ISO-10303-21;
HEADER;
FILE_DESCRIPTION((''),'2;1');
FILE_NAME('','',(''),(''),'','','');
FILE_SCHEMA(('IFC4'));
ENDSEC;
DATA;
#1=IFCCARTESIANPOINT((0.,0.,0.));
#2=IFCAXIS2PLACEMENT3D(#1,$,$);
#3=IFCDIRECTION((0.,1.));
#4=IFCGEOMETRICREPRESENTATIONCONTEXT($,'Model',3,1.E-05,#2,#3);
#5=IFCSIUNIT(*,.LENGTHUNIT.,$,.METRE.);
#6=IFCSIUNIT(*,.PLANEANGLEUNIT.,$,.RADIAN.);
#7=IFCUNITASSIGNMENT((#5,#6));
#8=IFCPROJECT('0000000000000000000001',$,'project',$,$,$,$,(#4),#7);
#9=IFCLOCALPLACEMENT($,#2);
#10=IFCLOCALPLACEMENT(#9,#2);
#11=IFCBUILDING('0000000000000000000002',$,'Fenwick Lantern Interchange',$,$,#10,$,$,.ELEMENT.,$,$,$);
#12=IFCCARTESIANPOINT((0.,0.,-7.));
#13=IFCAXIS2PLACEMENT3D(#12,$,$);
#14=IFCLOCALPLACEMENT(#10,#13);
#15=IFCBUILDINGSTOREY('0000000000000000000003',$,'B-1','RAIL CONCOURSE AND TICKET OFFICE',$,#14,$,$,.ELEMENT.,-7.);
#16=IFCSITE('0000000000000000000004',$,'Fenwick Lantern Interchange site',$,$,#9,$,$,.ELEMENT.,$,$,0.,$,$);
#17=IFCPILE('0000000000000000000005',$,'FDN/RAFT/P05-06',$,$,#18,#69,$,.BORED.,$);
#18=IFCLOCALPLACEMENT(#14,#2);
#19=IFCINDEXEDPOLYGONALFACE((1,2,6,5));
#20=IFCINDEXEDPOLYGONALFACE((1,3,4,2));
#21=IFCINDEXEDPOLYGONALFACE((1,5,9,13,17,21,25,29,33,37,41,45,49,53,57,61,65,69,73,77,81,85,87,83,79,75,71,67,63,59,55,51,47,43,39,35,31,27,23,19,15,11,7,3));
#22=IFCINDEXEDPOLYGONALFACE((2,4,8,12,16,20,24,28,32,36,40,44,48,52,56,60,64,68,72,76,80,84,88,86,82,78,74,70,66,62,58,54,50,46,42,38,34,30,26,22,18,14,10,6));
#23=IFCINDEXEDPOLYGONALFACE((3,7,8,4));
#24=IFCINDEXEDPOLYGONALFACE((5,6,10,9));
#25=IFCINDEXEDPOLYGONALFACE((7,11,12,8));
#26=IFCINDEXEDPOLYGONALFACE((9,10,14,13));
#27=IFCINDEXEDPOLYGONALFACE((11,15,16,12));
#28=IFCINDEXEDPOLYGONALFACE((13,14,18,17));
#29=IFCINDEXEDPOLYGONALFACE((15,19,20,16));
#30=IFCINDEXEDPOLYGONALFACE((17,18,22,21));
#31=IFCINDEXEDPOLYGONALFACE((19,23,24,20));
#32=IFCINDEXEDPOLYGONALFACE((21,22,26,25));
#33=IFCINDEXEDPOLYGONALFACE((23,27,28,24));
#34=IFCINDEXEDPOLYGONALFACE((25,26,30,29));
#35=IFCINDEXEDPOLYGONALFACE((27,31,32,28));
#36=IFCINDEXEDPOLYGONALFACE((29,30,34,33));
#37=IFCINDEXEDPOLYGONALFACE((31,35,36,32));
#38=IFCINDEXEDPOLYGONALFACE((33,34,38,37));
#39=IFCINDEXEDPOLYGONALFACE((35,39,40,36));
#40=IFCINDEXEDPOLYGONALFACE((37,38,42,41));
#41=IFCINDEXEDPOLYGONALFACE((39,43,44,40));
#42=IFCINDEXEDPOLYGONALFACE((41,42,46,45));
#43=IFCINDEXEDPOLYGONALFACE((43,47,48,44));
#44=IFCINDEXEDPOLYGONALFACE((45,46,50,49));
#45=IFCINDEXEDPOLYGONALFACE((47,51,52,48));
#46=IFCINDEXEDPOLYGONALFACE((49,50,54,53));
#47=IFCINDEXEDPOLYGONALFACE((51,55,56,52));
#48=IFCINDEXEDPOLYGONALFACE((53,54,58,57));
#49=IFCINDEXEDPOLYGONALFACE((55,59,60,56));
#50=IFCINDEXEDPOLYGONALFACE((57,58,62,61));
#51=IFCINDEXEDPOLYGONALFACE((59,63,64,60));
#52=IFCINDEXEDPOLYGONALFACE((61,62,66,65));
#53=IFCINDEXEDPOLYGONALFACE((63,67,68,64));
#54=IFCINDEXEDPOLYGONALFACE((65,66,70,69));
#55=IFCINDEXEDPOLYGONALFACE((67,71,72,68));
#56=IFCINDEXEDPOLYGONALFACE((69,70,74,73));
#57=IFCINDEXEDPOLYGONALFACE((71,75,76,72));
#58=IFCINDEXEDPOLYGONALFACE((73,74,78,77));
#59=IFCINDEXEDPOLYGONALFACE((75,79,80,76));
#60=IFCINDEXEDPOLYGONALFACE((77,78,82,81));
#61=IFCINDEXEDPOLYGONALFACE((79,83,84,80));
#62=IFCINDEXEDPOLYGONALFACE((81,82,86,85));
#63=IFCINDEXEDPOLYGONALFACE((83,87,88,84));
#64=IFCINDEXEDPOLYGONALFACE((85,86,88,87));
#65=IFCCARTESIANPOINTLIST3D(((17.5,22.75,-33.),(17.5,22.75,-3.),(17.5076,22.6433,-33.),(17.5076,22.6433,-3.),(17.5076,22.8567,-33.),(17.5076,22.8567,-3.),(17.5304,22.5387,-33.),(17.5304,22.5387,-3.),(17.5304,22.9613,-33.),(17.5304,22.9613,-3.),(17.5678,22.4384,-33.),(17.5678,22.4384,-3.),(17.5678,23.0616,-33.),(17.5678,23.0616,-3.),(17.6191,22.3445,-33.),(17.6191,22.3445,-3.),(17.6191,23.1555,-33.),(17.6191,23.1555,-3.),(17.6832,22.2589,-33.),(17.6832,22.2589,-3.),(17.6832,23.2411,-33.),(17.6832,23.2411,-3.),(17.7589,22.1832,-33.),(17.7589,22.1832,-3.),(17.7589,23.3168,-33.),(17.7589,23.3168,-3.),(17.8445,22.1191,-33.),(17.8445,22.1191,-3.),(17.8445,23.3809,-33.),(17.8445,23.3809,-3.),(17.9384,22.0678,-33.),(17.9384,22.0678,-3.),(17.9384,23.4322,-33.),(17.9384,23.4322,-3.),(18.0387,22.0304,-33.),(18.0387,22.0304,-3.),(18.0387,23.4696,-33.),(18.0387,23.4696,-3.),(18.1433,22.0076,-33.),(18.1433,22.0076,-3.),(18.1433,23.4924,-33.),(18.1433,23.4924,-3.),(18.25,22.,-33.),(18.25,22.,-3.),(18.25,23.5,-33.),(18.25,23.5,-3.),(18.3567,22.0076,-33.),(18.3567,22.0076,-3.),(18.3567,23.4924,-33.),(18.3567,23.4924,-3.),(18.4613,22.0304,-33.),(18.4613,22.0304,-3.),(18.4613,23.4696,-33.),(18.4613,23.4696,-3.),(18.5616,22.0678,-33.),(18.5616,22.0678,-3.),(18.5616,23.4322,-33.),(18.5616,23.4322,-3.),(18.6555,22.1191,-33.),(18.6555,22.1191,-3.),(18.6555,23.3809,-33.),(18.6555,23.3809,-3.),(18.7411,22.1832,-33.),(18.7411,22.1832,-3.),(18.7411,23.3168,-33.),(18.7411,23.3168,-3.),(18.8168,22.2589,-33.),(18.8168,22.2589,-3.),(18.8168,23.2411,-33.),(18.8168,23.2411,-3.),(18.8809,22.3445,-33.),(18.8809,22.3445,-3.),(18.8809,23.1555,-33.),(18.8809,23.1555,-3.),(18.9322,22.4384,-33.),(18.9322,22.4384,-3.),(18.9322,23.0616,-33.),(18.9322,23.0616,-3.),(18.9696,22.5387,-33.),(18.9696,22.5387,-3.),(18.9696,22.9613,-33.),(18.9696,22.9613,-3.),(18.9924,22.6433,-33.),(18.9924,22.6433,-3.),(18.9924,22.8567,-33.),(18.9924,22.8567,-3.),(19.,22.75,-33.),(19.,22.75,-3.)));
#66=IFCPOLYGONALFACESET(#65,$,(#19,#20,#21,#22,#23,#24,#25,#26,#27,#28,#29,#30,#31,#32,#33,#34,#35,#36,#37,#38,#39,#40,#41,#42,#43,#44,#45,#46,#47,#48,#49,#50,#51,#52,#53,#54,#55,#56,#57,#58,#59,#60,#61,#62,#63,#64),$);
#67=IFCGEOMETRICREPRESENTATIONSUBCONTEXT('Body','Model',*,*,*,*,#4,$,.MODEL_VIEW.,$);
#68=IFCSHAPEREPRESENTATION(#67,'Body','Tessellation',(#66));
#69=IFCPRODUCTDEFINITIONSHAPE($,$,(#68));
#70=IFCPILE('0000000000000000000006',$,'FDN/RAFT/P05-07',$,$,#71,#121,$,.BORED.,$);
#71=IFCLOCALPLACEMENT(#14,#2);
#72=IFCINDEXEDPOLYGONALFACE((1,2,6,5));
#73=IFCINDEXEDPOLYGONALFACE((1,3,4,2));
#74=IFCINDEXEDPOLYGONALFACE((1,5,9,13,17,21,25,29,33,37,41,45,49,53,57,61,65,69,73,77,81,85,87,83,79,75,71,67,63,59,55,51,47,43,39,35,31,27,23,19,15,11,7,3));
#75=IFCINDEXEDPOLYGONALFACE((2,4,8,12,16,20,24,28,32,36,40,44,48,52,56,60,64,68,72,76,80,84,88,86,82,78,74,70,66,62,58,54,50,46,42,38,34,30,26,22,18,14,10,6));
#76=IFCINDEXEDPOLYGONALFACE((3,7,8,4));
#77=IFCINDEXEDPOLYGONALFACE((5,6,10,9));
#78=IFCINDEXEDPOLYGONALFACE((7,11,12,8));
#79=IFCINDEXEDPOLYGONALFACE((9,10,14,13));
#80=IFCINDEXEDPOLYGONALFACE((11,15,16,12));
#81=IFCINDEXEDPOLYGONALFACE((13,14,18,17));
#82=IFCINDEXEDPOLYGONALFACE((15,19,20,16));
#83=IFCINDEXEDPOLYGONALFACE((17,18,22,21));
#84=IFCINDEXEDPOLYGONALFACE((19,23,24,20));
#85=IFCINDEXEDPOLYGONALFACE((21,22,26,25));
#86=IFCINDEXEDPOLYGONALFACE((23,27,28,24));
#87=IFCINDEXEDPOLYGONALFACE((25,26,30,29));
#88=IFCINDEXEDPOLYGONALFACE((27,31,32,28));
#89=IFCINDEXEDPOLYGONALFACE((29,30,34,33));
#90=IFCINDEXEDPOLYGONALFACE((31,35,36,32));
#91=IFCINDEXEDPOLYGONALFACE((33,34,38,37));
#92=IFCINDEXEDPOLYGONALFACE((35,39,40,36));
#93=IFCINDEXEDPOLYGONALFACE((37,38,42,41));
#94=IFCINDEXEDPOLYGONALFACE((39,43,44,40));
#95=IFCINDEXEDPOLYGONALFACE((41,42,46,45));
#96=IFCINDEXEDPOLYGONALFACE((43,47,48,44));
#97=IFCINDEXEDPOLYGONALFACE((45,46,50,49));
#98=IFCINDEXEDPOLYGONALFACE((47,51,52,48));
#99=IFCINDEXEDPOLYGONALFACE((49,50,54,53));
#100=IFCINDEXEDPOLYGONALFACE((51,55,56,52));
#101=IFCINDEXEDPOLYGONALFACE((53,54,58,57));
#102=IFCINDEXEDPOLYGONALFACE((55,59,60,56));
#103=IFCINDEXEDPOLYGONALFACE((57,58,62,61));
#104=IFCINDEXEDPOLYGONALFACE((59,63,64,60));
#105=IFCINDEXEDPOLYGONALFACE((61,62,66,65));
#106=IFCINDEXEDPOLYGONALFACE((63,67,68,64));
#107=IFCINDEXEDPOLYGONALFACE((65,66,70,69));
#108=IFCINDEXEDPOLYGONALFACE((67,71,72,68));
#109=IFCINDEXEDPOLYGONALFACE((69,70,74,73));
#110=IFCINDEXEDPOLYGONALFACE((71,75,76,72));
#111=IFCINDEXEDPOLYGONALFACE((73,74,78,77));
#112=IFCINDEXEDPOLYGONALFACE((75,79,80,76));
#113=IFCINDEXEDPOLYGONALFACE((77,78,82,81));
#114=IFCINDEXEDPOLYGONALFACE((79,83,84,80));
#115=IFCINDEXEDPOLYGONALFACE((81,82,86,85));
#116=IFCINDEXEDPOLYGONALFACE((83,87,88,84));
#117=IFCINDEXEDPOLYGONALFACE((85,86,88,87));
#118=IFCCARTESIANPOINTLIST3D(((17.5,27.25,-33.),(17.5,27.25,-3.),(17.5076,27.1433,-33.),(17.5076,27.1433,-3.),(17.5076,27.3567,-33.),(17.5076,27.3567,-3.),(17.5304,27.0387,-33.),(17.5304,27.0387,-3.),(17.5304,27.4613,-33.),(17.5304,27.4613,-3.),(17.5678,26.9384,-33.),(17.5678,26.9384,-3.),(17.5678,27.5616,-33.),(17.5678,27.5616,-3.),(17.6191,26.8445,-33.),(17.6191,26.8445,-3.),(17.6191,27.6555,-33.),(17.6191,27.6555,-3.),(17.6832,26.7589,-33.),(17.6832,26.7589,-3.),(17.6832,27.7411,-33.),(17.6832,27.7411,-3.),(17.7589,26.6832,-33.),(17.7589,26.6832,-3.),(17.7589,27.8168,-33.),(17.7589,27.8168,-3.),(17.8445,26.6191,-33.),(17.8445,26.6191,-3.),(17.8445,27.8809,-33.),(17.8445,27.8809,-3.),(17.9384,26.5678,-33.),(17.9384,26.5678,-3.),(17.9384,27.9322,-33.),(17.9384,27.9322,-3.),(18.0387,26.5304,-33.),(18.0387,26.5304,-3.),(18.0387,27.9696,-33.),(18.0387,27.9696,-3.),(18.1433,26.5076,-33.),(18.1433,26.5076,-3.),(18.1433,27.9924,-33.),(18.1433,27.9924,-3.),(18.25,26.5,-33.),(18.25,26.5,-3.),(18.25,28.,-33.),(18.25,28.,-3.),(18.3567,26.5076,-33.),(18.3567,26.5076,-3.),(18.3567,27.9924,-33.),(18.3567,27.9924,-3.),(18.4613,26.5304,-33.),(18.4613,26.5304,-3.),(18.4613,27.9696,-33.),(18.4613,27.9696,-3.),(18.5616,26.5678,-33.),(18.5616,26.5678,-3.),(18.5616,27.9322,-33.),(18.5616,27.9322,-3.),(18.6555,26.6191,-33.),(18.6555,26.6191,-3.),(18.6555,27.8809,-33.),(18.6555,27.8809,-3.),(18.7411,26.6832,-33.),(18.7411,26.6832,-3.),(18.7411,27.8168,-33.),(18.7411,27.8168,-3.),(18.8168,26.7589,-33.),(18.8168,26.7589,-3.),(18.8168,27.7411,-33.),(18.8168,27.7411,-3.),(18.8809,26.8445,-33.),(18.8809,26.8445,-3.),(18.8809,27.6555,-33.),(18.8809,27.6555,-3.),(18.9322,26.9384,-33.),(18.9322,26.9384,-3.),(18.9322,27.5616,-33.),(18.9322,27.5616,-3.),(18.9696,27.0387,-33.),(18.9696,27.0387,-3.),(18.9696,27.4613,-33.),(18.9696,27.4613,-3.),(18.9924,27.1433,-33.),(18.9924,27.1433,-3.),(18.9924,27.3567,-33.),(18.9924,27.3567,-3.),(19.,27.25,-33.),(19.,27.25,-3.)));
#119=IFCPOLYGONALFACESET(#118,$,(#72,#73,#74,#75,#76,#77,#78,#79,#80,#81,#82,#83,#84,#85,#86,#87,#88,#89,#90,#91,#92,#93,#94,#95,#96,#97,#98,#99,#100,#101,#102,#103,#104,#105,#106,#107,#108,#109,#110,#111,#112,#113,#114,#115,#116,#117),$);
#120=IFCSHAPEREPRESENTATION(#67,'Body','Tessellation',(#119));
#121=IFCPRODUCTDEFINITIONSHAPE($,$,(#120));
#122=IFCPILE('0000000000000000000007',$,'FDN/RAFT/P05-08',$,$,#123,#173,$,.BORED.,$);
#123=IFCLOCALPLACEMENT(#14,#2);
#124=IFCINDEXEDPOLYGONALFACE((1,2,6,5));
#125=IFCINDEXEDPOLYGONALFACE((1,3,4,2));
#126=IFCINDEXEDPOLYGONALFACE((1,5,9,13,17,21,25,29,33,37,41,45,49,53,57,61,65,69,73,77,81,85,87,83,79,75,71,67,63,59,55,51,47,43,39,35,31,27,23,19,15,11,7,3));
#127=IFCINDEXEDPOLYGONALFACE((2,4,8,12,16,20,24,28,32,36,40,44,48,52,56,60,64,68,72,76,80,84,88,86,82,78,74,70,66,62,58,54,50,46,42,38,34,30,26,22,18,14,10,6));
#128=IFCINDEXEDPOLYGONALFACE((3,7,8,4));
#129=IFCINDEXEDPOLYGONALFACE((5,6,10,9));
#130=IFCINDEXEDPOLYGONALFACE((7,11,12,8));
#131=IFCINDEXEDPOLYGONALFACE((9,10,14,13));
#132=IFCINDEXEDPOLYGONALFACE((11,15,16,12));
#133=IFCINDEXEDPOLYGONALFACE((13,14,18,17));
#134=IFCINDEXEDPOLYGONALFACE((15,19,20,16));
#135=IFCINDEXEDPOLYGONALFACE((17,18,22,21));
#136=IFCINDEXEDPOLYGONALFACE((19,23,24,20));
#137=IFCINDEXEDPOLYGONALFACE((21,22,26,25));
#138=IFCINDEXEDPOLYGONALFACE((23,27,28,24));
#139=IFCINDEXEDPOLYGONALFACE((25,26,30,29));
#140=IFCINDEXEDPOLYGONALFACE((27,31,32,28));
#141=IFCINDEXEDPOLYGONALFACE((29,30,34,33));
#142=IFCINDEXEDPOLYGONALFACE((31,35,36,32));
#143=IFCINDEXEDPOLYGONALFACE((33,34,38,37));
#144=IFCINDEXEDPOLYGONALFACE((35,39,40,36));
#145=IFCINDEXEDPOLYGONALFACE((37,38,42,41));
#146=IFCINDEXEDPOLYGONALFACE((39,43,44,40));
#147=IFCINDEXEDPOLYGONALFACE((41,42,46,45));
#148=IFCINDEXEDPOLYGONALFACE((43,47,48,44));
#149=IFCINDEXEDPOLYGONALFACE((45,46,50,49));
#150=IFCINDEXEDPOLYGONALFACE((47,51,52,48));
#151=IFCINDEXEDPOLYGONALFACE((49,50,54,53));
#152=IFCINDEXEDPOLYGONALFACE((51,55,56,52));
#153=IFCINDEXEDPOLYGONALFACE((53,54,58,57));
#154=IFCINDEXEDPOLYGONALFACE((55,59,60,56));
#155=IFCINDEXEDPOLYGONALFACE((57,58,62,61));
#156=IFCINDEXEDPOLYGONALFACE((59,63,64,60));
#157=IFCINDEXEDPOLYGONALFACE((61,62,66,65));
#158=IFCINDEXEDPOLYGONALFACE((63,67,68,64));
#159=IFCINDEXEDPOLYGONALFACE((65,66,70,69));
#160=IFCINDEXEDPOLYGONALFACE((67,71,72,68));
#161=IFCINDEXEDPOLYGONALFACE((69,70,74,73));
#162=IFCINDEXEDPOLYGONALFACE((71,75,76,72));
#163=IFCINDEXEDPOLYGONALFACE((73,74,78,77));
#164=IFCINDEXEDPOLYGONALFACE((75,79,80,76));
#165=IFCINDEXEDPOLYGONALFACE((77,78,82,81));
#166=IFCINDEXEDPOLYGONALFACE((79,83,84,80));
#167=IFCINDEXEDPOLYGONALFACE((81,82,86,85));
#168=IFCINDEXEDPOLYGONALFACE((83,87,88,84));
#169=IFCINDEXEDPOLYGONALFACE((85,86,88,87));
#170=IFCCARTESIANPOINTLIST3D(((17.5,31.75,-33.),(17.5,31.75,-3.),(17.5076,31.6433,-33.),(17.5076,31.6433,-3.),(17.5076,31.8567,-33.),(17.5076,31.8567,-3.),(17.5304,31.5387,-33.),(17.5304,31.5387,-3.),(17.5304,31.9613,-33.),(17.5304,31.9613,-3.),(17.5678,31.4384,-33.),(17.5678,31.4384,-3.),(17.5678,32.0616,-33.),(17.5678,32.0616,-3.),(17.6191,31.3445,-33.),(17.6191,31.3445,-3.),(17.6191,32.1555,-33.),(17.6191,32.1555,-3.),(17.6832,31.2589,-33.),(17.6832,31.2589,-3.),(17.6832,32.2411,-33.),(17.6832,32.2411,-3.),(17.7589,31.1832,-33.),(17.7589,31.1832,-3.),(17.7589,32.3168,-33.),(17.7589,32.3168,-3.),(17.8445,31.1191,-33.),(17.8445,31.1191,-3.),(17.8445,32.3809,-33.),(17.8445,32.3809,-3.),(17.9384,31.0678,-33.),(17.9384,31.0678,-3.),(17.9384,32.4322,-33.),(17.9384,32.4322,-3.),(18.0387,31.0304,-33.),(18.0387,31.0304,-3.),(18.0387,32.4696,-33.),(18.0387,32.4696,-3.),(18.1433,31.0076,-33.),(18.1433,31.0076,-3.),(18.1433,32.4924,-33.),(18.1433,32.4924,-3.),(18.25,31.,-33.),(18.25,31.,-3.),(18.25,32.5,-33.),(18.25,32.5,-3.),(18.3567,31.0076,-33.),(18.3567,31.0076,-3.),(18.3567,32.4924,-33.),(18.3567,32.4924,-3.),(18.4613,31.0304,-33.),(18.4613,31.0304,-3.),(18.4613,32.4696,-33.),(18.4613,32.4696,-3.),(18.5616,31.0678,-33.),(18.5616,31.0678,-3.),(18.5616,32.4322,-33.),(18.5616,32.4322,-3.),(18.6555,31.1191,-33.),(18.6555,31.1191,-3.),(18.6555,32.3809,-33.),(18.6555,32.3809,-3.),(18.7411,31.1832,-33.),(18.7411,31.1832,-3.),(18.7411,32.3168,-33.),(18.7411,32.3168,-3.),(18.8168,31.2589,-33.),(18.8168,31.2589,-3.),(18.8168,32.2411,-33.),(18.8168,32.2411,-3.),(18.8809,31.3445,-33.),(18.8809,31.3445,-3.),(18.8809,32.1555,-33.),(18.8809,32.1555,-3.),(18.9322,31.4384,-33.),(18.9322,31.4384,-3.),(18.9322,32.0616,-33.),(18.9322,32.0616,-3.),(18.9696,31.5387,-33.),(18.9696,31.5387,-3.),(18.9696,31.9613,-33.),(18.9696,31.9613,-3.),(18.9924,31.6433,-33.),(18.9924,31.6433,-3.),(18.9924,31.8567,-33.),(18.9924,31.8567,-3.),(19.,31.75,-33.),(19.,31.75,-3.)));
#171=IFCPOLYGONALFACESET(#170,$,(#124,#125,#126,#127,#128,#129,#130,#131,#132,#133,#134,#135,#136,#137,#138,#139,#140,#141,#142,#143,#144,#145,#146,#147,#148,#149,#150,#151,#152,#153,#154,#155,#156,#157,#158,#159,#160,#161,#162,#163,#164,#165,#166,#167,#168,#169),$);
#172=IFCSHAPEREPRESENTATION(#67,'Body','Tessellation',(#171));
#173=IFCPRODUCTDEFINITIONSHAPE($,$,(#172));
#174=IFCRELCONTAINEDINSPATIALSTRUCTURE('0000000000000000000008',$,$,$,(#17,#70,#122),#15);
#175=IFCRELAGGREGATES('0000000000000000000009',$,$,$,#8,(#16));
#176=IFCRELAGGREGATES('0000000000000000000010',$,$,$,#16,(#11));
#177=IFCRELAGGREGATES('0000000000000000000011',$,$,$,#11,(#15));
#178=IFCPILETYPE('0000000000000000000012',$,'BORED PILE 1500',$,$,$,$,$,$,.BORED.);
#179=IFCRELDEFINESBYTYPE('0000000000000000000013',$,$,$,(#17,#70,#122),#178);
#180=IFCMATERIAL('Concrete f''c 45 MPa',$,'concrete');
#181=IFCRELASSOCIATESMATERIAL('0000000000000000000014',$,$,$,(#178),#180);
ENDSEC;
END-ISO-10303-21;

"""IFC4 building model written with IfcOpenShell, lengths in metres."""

from ifc_helpers import new_model, si_unit, direction, frame, origin, origin_2d, place, context, subcontext, project, spatial, circle, extrude, material, type_object, element, save


model = new_model("IFC4")

# Units and contexts
model_context = context("Model", 3, precision=1e-05, world=origin(), true_north=direction((0.0, 1.0)))
body_context = subcontext(model_context, "Body", "Model", "MODEL_VIEW")
ifc_project = project(units=[si_unit("LENGTHUNIT", "METRE"), si_unit("PLANEANGLEUNIT", "RADIAN")], contexts=[model_context])

# Site, building, storey
site_placement = place(None, origin())
site = spatial("IfcSite", under=ifc_project, at=site_placement, Name="Fenwick Lantern Interchange site", CompositionType="ELEMENT", RefElevation=0.0)
building_placement = place(site_placement, origin())
building = spatial("IfcBuilding", under=site, at=building_placement, Name="Fenwick Lantern Interchange", CompositionType="ELEMENT")
storey_placement = place(building_placement, frame((0.0, 0.0, -7.0)))
storey = spatial("IfcBuildingStorey", under=building, at=storey_placement, Name="B-1", Description="RAIL CONCOURSE AND TICKET OFFICE", CompositionType="ELEMENT", Elevation=-7.0)

# Piles
ifc_material_1 = material(Name="Concrete f'c 45 MPa", Category="concrete")
pile_type = type_object("IfcPileType", Name="BORED PILE 1500", PredefinedType="BORED", material=ifc_material_1)
for number, where, z_axis, x_axis, name in (
    (1, (18.25, 22.75, -3.0), (0.0, 0.0, -1.0), (1.0, 0.0, 0.0), "FDN/RAFT/P05-06"),
    (2, (18.25, 27.25, -3.0), (0.0, 0.0, -1.0), (1.0, 0.0, 0.0), "FDN/RAFT/P05-07"),
    (3, (18.25, 31.75, -3.0), (0.0, 0.0, -1.0), (1.0, 0.0, 0.0), "FDN/RAFT/P05-08"),
):
    element("IfcPile", number, at=place(storey_placement, frame(where, z_axis=z_axis, x_axis=x_axis)), inside=storey, type_object=pile_type, Name=name, PredefinedType="BORED", context=body_context, shape_type="SweptSolid", body=[
        extrude(circle(Radius=0.75, at=origin_2d()), origin(), (0.0, 0.0, 1.0), 30.0),
    ])

save(model, "model.ifc")
